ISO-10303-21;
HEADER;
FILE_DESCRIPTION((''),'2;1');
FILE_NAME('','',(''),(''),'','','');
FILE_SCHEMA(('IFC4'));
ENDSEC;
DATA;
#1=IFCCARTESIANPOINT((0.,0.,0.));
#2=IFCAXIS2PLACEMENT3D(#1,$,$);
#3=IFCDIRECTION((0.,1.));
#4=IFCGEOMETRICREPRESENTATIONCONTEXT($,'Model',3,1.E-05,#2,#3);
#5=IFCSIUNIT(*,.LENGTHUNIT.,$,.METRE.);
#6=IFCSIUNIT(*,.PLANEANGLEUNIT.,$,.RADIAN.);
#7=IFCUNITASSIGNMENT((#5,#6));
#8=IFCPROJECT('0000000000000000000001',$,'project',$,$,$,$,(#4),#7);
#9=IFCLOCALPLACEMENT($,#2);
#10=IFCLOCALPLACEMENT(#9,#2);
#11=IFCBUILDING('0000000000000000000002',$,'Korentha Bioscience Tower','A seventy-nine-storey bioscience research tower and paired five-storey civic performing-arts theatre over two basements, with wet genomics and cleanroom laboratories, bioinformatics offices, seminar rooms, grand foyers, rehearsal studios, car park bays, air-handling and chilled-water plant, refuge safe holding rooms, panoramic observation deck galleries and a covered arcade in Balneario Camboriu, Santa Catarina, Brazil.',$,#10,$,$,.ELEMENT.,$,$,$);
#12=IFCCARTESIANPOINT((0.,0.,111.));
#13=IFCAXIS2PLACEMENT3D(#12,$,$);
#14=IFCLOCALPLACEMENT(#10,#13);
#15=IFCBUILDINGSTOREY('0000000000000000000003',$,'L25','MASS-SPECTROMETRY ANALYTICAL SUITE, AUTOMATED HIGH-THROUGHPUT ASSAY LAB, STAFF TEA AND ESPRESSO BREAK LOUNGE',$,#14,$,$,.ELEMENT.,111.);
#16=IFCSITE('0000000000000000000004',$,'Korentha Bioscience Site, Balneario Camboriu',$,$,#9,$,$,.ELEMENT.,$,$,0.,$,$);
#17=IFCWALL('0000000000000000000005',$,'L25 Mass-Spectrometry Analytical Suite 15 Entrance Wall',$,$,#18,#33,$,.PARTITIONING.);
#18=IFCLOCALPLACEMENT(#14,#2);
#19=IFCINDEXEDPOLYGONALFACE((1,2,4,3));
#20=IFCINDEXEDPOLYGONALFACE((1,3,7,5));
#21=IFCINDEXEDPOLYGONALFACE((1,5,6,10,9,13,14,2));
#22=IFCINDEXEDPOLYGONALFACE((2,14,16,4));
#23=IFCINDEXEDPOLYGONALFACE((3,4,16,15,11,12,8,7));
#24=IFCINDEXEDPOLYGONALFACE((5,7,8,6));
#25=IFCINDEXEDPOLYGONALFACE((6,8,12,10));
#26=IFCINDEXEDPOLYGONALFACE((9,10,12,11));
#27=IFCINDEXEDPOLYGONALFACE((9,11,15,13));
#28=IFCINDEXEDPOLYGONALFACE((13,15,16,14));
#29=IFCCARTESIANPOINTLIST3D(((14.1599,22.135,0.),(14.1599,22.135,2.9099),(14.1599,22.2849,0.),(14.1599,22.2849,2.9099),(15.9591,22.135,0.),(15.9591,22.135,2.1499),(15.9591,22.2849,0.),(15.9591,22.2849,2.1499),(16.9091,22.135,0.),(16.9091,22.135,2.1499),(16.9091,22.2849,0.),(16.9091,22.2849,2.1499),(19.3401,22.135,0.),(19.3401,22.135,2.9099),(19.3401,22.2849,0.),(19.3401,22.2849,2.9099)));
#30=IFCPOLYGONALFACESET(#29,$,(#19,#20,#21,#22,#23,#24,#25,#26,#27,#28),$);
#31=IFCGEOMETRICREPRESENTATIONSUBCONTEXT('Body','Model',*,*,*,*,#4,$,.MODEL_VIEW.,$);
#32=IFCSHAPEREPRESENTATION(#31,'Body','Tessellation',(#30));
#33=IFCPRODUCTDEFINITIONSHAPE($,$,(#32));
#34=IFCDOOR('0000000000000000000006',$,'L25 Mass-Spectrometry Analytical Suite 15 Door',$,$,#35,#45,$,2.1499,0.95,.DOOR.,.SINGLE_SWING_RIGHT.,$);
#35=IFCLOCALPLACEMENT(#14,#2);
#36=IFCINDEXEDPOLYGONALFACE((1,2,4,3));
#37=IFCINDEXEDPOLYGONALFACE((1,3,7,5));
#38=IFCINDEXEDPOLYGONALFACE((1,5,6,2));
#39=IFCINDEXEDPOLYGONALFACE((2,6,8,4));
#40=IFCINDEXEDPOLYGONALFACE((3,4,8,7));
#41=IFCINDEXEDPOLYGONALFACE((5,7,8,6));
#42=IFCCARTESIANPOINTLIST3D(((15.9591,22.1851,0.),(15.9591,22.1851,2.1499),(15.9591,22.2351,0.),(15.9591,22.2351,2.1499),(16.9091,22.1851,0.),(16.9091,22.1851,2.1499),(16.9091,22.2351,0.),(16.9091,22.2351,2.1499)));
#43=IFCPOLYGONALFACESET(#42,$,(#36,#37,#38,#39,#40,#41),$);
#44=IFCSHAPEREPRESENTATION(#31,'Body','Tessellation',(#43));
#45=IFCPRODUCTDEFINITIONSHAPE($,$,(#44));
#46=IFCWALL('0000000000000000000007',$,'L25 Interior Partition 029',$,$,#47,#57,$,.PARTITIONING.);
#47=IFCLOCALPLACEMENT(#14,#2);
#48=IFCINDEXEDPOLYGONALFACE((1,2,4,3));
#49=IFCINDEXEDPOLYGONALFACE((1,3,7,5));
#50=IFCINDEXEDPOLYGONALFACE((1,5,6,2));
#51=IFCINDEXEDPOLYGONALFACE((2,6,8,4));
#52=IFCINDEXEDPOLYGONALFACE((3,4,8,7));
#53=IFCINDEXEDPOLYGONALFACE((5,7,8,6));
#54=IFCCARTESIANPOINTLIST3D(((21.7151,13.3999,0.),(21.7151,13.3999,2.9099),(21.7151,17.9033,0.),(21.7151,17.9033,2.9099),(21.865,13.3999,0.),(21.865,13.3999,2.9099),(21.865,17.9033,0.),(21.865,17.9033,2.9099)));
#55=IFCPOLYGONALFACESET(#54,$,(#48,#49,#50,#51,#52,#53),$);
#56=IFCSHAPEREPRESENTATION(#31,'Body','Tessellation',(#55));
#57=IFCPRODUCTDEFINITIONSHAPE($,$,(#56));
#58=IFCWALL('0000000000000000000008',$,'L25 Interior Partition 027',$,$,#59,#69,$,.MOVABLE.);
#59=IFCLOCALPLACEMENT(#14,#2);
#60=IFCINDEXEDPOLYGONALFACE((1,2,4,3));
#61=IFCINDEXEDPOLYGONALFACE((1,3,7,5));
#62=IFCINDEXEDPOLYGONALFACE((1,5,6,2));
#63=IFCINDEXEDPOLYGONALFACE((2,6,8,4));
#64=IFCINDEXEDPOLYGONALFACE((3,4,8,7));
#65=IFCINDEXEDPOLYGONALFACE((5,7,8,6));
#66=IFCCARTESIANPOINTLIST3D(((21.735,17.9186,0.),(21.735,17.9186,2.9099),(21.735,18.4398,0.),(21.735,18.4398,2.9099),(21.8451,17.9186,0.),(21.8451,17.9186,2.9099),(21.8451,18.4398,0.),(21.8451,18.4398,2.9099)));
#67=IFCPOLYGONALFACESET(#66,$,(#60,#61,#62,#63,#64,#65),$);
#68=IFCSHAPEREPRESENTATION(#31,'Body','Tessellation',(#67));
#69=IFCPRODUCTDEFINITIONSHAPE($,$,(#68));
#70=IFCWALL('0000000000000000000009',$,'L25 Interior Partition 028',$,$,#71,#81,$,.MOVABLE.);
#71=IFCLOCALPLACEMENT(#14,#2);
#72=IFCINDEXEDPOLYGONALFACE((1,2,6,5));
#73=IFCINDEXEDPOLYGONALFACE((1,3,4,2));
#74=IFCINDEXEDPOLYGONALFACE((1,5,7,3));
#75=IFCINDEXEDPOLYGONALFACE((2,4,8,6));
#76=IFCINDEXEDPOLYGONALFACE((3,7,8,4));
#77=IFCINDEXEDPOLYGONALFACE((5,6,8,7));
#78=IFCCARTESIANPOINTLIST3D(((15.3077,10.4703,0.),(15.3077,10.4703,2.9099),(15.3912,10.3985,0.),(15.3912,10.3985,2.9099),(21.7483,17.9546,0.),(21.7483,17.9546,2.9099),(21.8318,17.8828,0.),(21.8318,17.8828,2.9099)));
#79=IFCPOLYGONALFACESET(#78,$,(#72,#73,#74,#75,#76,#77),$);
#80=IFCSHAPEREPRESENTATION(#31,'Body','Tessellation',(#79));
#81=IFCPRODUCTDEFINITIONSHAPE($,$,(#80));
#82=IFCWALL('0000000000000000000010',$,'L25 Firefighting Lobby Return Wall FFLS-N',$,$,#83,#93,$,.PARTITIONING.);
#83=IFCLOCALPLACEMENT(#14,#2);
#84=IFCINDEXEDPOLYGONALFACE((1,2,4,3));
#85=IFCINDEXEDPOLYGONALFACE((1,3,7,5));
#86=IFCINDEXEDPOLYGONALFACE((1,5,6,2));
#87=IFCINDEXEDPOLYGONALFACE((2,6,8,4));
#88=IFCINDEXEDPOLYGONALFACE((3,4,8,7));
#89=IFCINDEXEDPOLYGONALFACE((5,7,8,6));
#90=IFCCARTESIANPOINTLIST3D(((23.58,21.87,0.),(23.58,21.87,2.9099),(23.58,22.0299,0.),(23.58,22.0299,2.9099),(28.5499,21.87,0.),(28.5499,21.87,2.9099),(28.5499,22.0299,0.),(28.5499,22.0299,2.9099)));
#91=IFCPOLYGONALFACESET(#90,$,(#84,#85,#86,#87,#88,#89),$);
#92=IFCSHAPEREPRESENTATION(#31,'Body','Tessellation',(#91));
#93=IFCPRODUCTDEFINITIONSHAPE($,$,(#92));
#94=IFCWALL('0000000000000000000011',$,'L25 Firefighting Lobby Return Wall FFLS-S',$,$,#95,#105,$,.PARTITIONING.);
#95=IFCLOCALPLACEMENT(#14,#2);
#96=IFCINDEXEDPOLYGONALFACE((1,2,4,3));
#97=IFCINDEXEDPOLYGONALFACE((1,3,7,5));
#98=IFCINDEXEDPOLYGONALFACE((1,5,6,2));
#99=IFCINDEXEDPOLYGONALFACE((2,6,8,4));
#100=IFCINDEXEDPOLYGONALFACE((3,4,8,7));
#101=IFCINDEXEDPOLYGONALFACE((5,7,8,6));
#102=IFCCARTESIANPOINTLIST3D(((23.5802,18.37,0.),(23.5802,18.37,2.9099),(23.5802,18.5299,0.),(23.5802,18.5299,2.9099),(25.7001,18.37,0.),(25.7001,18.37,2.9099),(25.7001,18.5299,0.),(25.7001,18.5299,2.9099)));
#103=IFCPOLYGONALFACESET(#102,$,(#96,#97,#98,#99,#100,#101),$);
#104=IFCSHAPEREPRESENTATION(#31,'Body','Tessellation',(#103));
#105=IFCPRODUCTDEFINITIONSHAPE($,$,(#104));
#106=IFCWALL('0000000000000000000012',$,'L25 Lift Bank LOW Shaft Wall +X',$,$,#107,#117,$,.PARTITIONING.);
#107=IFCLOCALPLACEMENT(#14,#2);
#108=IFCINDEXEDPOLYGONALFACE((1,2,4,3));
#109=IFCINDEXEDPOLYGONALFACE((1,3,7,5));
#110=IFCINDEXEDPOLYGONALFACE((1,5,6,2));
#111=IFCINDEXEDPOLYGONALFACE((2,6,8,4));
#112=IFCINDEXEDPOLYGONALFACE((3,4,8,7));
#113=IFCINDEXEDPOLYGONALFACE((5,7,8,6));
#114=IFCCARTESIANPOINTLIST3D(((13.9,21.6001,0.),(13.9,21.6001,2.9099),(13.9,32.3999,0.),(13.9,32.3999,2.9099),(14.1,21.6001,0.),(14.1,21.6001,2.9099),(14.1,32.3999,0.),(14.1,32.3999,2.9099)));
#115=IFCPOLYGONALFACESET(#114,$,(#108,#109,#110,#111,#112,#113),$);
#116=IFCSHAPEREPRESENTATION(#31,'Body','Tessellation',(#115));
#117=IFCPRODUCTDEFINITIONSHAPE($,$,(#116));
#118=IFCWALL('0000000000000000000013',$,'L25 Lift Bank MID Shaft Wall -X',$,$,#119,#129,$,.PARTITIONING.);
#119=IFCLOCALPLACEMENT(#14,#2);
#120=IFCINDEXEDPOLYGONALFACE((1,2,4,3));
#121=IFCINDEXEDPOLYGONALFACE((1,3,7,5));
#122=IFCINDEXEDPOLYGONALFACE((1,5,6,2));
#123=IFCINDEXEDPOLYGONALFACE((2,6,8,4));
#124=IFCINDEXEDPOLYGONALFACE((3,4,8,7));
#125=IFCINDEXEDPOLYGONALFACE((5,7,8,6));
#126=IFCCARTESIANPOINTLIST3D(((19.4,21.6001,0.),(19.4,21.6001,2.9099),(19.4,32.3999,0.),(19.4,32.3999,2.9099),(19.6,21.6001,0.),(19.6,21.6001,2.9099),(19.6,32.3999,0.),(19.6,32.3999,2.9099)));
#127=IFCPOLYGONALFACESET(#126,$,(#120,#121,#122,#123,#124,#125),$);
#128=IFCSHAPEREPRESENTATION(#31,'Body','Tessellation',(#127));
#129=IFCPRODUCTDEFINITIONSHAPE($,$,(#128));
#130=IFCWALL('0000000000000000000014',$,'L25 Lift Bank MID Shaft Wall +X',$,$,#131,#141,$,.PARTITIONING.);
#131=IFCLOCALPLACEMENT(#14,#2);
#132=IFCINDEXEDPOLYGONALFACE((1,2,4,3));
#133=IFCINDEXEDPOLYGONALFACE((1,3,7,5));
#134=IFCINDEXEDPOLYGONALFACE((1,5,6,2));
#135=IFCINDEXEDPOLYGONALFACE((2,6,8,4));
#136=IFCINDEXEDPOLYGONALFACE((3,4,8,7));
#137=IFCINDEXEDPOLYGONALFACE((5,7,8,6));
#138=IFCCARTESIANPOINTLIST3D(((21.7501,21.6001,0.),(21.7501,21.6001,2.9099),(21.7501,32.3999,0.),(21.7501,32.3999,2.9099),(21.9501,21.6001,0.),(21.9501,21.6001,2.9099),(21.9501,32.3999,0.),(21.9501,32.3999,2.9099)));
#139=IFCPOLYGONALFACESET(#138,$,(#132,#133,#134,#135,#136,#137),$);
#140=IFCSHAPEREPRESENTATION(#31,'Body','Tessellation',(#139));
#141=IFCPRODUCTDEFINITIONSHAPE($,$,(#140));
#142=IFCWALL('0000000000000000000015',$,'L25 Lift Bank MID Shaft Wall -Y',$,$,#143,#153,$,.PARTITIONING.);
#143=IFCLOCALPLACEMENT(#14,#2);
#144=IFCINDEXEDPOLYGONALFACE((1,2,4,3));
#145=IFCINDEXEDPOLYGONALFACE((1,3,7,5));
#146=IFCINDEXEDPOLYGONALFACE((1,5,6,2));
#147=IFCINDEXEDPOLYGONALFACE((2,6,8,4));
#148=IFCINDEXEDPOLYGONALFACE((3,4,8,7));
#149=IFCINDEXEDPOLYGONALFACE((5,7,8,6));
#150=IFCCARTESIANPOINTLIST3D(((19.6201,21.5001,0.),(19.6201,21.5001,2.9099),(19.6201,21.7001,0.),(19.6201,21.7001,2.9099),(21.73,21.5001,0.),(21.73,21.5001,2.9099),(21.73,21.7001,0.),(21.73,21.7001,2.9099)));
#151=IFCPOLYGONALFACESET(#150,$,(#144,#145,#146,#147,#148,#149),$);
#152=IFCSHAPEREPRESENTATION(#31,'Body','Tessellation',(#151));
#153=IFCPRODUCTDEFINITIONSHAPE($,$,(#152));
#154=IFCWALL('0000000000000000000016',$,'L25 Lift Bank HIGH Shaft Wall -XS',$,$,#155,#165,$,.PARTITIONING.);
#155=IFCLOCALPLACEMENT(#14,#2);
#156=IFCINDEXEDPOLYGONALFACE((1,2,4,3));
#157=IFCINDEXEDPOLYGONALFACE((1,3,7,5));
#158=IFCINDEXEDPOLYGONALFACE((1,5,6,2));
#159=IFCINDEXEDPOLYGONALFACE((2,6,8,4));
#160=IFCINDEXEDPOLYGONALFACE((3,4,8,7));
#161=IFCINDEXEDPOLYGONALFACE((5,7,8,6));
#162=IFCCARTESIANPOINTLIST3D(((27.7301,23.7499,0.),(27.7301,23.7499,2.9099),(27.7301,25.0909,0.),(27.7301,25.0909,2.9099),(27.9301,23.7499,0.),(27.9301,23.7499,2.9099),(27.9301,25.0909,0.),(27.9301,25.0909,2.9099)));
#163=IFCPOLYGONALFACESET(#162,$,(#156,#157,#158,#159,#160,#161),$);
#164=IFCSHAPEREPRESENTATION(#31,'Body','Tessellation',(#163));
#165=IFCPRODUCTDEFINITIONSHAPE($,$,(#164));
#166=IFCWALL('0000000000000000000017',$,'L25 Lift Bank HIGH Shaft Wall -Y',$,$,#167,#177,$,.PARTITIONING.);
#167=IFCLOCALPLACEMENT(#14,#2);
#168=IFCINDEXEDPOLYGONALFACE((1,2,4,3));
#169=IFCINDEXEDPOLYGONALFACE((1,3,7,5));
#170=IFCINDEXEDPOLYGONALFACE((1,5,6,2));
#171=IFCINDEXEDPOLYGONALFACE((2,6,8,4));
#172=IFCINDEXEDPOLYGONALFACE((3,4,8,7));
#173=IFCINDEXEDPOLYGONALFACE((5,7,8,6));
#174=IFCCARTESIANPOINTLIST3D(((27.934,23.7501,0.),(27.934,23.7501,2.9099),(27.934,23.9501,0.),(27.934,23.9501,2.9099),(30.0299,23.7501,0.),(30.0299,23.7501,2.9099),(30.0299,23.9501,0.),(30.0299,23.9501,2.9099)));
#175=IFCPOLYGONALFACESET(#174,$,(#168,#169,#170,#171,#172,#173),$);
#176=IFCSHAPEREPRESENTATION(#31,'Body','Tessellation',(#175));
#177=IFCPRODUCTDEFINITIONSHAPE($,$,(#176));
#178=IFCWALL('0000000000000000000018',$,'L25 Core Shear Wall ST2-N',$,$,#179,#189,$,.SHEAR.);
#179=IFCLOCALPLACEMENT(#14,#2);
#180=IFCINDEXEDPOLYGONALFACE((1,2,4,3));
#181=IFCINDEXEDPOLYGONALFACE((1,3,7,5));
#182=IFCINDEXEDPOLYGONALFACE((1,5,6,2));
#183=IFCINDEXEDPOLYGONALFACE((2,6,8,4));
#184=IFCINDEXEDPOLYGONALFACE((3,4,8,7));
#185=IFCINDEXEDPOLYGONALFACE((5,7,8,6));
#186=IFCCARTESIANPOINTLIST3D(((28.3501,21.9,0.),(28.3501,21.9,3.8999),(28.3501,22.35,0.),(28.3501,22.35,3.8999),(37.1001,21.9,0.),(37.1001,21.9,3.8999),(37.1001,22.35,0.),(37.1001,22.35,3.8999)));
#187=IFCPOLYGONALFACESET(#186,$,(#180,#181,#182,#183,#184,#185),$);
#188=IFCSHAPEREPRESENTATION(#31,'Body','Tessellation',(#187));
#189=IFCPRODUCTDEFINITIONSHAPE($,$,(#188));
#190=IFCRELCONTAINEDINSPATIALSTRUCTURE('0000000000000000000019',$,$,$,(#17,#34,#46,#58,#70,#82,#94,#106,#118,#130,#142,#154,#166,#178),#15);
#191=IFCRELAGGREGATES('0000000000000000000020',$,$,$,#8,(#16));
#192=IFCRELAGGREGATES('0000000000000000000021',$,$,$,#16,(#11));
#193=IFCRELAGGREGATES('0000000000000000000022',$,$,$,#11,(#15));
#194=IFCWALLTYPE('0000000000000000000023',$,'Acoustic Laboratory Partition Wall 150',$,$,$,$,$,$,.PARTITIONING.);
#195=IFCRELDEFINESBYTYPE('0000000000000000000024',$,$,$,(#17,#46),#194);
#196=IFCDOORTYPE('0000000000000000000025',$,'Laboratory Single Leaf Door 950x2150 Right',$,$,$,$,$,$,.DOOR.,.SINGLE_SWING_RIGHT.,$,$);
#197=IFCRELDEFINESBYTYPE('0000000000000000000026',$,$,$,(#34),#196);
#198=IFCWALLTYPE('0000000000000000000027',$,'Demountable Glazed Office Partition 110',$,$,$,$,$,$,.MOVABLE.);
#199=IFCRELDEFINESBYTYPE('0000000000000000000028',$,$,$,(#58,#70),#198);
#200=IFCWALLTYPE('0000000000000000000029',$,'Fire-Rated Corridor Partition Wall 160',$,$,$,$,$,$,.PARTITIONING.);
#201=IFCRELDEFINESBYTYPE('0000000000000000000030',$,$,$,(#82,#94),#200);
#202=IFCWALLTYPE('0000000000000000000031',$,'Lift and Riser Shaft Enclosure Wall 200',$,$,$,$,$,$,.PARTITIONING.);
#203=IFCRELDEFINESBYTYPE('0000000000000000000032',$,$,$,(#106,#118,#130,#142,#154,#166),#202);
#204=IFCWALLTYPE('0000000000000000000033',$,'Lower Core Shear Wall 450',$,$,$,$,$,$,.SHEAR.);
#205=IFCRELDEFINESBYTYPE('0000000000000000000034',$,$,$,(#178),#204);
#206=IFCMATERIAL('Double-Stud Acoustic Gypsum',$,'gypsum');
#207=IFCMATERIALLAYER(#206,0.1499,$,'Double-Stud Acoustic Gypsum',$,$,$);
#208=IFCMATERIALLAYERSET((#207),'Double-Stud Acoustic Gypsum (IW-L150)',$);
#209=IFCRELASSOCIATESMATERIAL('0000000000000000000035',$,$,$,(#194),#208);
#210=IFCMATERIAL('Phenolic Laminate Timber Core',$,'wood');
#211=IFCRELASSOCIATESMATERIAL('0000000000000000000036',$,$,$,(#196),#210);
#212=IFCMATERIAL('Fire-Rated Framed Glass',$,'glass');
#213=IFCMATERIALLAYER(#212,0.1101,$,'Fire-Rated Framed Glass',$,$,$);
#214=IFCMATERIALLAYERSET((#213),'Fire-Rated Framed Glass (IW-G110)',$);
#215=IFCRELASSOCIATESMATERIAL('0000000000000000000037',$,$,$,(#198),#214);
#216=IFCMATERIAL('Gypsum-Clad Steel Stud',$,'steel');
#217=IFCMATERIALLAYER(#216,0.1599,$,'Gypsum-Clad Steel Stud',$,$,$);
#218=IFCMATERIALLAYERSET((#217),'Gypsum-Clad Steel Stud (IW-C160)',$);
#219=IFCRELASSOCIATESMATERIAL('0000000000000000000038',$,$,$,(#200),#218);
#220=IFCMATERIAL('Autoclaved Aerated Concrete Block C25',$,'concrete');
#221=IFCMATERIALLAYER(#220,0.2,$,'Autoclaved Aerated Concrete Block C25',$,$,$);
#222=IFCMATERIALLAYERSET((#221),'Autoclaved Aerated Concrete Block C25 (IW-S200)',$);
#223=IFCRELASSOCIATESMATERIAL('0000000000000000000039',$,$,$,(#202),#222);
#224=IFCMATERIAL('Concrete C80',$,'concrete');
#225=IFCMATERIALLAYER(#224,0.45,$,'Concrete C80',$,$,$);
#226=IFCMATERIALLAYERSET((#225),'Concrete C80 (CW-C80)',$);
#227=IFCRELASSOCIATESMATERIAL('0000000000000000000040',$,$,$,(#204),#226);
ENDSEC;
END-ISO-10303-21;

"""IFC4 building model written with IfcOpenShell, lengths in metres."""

from ifc_helpers import new_model, si_unit, direction, frame, frame_2d, origin, place, context, subcontext, project, spatial, rectangle, extrude, material, layer, layer_set, type_object, element, fill, save


model = new_model("IFC4")

# Units and contexts
model_context = context("Model", 3, precision=1e-05, world=origin(), true_north=direction((0.0, 1.0)))
body_context = subcontext(model_context, "Body", "Model", "MODEL_VIEW")
ifc_project = project(units=[si_unit("LENGTHUNIT", "METRE"), si_unit("PLANEANGLEUNIT", "RADIAN")], contexts=[model_context])

# Site, building, storey
site_placement = place(None, origin())
site = spatial("IfcSite", under=ifc_project, at=site_placement, Name="Korentha Bioscience Site, Balneario Camboriu", CompositionType="ELEMENT", RefElevation=0.0)
building_placement = place(site_placement, origin())
building = spatial("IfcBuilding", under=site, at=building_placement, Name="Korentha Bioscience Tower", Description="A seventy-nine-storey bioscience research tower and paired five-storey civic performing-arts theatre over two basements, with wet genomics and cleanroom laboratories, bioinformatics offices, seminar rooms, grand foyers, rehearsal studios, car park bays, air-handling and chilled-water plant, refuge safe holding rooms, panoramic observation deck galleries and a covered arcade in Balneario Camboriu, Santa Catarina, Brazil.", CompositionType="ELEMENT")
storey_placement = place(building_placement, frame((0.0, 0.0, 111.0)))
storey = spatial("IfcBuildingStorey", under=building, at=storey_placement, Name="L25", Description="MASS-SPECTROMETRY ANALYTICAL SUITE, AUTOMATED HIGH-THROUGHPUT ASSAY LAB, STAFF TEA AND ESPRESSO BREAK LOUNGE", CompositionType="ELEMENT", Elevation=111.0)

# Shared definitions
ifc_material_1 = material(Name="Concrete C80", Category="concrete")

# Wall, opening, door
ifc_material_2 = material(Name="Double-Stud Acoustic Gypsum", Category="gypsum")
ifc_layer_1 = layer(ifc_material_2, 0.1499, Name="Double-Stud Acoustic Gypsum")
ifc_layer_set_1 = layer_set([ifc_layer_1], Name="Double-Stud Acoustic Gypsum (IW-L150)")
wall_type_1 = type_object("IfcWallType", Name="Acoustic Laboratory Partition Wall 150", PredefinedType="PARTITIONING", material=ifc_layer_set_1)
wall_1_placement = place(storey_placement, frame((19.3401, 22.21, 0.0), z_axis=(0.0, 0.0, 1.0), x_axis=(-1.0, 0.0, 0.0)))
wall_1 = element("IfcWall", 1, at=wall_1_placement, inside=storey, type_object=wall_type_1, Name="L25 Mass-Spectrometry Analytical Suite 15 Entrance Wall", PredefinedType="PARTITIONING", context=body_context, shape_type="SweptSolid", body=[
    extrude(rectangle(XDim=5.1802, YDim=0.1499, at=frame_2d((2.5901, 0.0))), origin(), (0.0, 0.0, 1.0), 2.9099),
])
opening_1_placement = place(wall_1_placement, frame((2.4309, 0.0, 0.0)))
opening_1 = element("IfcOpeningElement", 2, at=opening_1_placement, cuts=wall_1, PredefinedType="OPENING", context=body_context, shape_type="SweptSolid", body=[
    extrude(rectangle(XDim=0.95, YDim=2.1499, at=frame_2d((0.4751, 1.075))), frame((0.0, 0.0898, 0.0), z_axis=(0.0, -1.0, 0.0), x_axis=(1.0, 0.0, 0.0)), (0.0, 0.0, 1.0), 0.1797),
])
ifc_material_3 = material(Name="Phenolic Laminate Timber Core", Category="wood")
door_type_1 = type_object("IfcDoorType", Name="Laboratory Single Leaf Door 950x2150 Right", OperationType="SINGLE_SWING_RIGHT", PredefinedType="DOOR", material=ifc_material_3)
door_1_placement = place(opening_1_placement, origin())
door_1 = element("IfcDoor", 3, at=door_1_placement, inside=storey, type_object=door_type_1, Name="L25 Mass-Spectrometry Analytical Suite 15 Door", OperationType="SINGLE_SWING_RIGHT", OverallHeight=2.1499, OverallWidth=0.95, PredefinedType="DOOR", context=body_context, shape_type="SweptSolid", body=[
    extrude(rectangle(XDim=0.95, YDim=2.1499, at=frame_2d((0.4751, 1.075))), frame((0.0, 0.0249, 0.0), z_axis=(0.0, -1.0, 0.0), x_axis=(1.0, 0.0, 0.0)), (0.0, 0.0, 1.0), 0.05),
])
fill(opening_1, door_1)

# Walls
wall_2_placement = place(storey_placement, frame((21.79, 17.9033, 0.0), z_axis=(0.0, 0.0, 1.0), x_axis=(0.0, -1.0, 0.0)))
element("IfcWall", 4, at=wall_2_placement, inside=storey, type_object=wall_type_1, Name="L25 Interior Partition 029", PredefinedType="PARTITIONING", context=body_context, shape_type="SweptSolid", body=[
    extrude(rectangle(XDim=4.5034, YDim=0.1499, at=frame_2d((2.2517, 0.0))), origin(), (0.0, 0.0, 1.0), 2.9099),
])
ifc_material_4 = material(Name="Fire-Rated Framed Glass", Category="glass")
ifc_layer_2 = layer(ifc_material_4, 0.1101, Name="Fire-Rated Framed Glass")
ifc_layer_set_2 = layer_set([ifc_layer_2], Name="Fire-Rated Framed Glass (IW-G110)")
wall_type_2 = type_object("IfcWallType", Name="Demountable Glazed Office Partition 110", PredefinedType="MOVABLE", material=ifc_layer_set_2)
wall_3_placement = place(storey_placement, frame((21.79, 18.4399, 0.0), z_axis=(0.0, 0.0, 1.0), x_axis=(0.0, -1.0, 0.0)))
element("IfcWall", 5, at=wall_3_placement, inside=storey, type_object=wall_type_2, Name="L25 Interior Partition 027", PredefinedType="MOVABLE", context=body_context, shape_type="SweptSolid", body=[
    extrude(rectangle(XDim=0.5212, YDim=0.1101, at=frame_2d((0.2607, 0.0))), origin(), (0.0, 0.0, 1.0), 2.9099),
])
wall_4_placement = place(storey_placement, frame((21.79, 17.9187, 0.0), z_axis=(0.0, 0.0, 1.0), x_axis=(-0.652279, -0.757979, 0.0)))
element("IfcWall", 6, at=wall_4_placement, inside=storey, type_object=wall_type_2, Name="L25 Interior Partition 028", PredefinedType="MOVABLE", context=body_context, shape_type="SweptSolid", body=[
    extrude(rectangle(XDim=9.874, YDim=0.1101, at=frame_2d((4.937, 0.0))), origin(), (0.0, 0.0, 1.0), 2.9099),
])

# Shared definitions
ifc_material_5 = material(Name="Gypsum-Clad Steel Stud", Category="steel")
ifc_layer_3 = layer(ifc_material_5, 0.1599, Name="Gypsum-Clad Steel Stud")
ifc_layer_set_3 = layer_set([ifc_layer_3], Name="Gypsum-Clad Steel Stud (IW-C160)")
wall_type_3 = type_object("IfcWallType", Name="Fire-Rated Corridor Partition Wall 160", PredefinedType="PARTITIONING", material=ifc_layer_set_3)

# Walls
wall_5_placement = place(storey_placement, frame((23.5801, 21.95, 0.0), z_axis=(0.0, 0.0, 1.0), x_axis=(1.0, 0.0, 0.0)))
element("IfcWall", 7, at=wall_5_placement, inside=storey, type_object=wall_type_3, Name="L25 Firefighting Lobby Return Wall FFLS-N", PredefinedType="PARTITIONING", context=body_context, shape_type="SweptSolid", body=[
    extrude(rectangle(XDim=4.97, YDim=0.1599, at=frame_2d((2.4849, 0.0))), origin(), (0.0, 0.0, 1.0), 2.9099),
])
wall_6_placement = place(storey_placement, frame((23.5801, 18.45, 0.0), z_axis=(0.0, 0.0, 1.0), x_axis=(1.0, 0.0, 0.0)))
element("IfcWall", 8, at=wall_6_placement, inside=storey, type_object=wall_type_3, Name="L25 Firefighting Lobby Return Wall FFLS-S", PredefinedType="PARTITIONING", context=body_context, shape_type="SweptSolid", body=[
    extrude(rectangle(XDim=2.1199, YDim=0.1599, at=frame_2d((1.0601, 0.0))), origin(), (0.0, 0.0, 1.0), 2.9099),
])
ifc_material_6 = material(Name="Autoclaved Aerated Concrete Block C25", Category="concrete")
ifc_layer_4 = layer(ifc_material_6, 0.2, Name="Autoclaved Aerated Concrete Block C25")
ifc_layer_set_4 = layer_set([ifc_layer_4], Name="Autoclaved Aerated Concrete Block C25 (IW-S200)")
wall_type_4 = type_object("IfcWallType", Name="Lift and Riser Shaft Enclosure Wall 200", PredefinedType="PARTITIONING", material=ifc_layer_set_4)
for number, where, z_axis, x_axis, name in (
    (9, (14.0, 21.6001, 0.0), (0.0, 0.0, 1.0), (0.0, 1.0, 0.0), "L25 Lift Bank LOW Shaft Wall +X"),
    (10, (19.5, 21.6001, 0.0), (0.0, 0.0, 1.0), (0.0, 1.0, 0.0), "L25 Lift Bank MID Shaft Wall -X"),
    (11, (21.8501, 21.6001, 0.0), (0.0, 0.0, 1.0), (0.0, 1.0, 0.0), "L25 Lift Bank MID Shaft Wall +X"),
):
    element("IfcWall", number, at=place(storey_placement, frame(where, z_axis=z_axis, x_axis=x_axis)), inside=storey, type_object=wall_type_4, Name=name, PredefinedType="PARTITIONING", context=body_context, shape_type="SweptSolid", body=[
        extrude(rectangle(XDim=10.7998, YDim=0.2, at=frame_2d((5.3999, 0.0))), origin(), (0.0, 0.0, 1.0), 2.9099),
    ])
wall_7_placement = place(storey_placement, frame((19.6201, 21.6001, 0.0), z_axis=(0.0, 0.0, 1.0), x_axis=(1.0, 0.0, 0.0)))
element("IfcWall", 12, at=wall_7_placement, inside=storey, type_object=wall_type_4, Name="L25 Lift Bank MID Shaft Wall -Y", PredefinedType="PARTITIONING", context=body_context, shape_type="SweptSolid", body=[
    extrude(rectangle(XDim=2.1099, YDim=0.2, at=frame_2d((1.0549, 0.0))), origin(), (0.0, 0.0, 1.0), 2.9099),
])
wall_8_placement = place(storey_placement, frame((27.8301, 23.75, 0.0), z_axis=(0.0, 0.0, 1.0), x_axis=(0.0, 1.0, 0.0)))
element("IfcWall", 13, at=wall_8_placement, inside=storey, type_object=wall_type_4, Name="L25 Lift Bank HIGH Shaft Wall -XS", PredefinedType="PARTITIONING", context=body_context, shape_type="SweptSolid", body=[
    extrude(rectangle(XDim=1.3411, YDim=0.2, at=frame_2d((0.6704, 0.0))), origin(), (0.0, 0.0, 1.0), 2.9099),
])
wall_9_placement = place(storey_placement, frame((27.9341, 23.8501, 0.0), z_axis=(0.0, 0.0, 1.0), x_axis=(1.0, 0.0, 0.0)))
element("IfcWall", 14, at=wall_9_placement, inside=storey, type_object=wall_type_4, Name="L25 Lift Bank HIGH Shaft Wall -Y", PredefinedType="PARTITIONING", context=body_context, shape_type="SweptSolid", body=[
    extrude(rectangle(XDim=2.0959, YDim=0.2, at=frame_2d((1.0479, 0.0))), origin(), (0.0, 0.0, 1.0), 2.9099),
])
ifc_layer_5 = layer(ifc_material_1, 0.45, Name="Concrete C80")
ifc_layer_set_5 = layer_set([ifc_layer_5], Name="Concrete C80 (CW-C80)")
wall_type_5 = type_object("IfcWallType", Name="Lower Core Shear Wall 450", PredefinedType="SHEAR", material=ifc_layer_set_5)
wall_10_placement = place(storey_placement, frame((28.3501, 22.125, 0.0), z_axis=(0.0, 0.0, 1.0), x_axis=(1.0, 0.0, 0.0)))
element("IfcWall", 15, at=wall_10_placement, inside=storey, type_object=wall_type_5, Name="L25 Core Shear Wall ST2-N", PredefinedType="SHEAR", context=body_context, shape_type="SweptSolid", body=[
    extrude(rectangle(XDim=8.75, YDim=0.45, at=frame_2d((4.375, 0.0))), origin(), (0.0, 0.0, 1.0), 3.8999),
])

save(model, "model.ifc")
